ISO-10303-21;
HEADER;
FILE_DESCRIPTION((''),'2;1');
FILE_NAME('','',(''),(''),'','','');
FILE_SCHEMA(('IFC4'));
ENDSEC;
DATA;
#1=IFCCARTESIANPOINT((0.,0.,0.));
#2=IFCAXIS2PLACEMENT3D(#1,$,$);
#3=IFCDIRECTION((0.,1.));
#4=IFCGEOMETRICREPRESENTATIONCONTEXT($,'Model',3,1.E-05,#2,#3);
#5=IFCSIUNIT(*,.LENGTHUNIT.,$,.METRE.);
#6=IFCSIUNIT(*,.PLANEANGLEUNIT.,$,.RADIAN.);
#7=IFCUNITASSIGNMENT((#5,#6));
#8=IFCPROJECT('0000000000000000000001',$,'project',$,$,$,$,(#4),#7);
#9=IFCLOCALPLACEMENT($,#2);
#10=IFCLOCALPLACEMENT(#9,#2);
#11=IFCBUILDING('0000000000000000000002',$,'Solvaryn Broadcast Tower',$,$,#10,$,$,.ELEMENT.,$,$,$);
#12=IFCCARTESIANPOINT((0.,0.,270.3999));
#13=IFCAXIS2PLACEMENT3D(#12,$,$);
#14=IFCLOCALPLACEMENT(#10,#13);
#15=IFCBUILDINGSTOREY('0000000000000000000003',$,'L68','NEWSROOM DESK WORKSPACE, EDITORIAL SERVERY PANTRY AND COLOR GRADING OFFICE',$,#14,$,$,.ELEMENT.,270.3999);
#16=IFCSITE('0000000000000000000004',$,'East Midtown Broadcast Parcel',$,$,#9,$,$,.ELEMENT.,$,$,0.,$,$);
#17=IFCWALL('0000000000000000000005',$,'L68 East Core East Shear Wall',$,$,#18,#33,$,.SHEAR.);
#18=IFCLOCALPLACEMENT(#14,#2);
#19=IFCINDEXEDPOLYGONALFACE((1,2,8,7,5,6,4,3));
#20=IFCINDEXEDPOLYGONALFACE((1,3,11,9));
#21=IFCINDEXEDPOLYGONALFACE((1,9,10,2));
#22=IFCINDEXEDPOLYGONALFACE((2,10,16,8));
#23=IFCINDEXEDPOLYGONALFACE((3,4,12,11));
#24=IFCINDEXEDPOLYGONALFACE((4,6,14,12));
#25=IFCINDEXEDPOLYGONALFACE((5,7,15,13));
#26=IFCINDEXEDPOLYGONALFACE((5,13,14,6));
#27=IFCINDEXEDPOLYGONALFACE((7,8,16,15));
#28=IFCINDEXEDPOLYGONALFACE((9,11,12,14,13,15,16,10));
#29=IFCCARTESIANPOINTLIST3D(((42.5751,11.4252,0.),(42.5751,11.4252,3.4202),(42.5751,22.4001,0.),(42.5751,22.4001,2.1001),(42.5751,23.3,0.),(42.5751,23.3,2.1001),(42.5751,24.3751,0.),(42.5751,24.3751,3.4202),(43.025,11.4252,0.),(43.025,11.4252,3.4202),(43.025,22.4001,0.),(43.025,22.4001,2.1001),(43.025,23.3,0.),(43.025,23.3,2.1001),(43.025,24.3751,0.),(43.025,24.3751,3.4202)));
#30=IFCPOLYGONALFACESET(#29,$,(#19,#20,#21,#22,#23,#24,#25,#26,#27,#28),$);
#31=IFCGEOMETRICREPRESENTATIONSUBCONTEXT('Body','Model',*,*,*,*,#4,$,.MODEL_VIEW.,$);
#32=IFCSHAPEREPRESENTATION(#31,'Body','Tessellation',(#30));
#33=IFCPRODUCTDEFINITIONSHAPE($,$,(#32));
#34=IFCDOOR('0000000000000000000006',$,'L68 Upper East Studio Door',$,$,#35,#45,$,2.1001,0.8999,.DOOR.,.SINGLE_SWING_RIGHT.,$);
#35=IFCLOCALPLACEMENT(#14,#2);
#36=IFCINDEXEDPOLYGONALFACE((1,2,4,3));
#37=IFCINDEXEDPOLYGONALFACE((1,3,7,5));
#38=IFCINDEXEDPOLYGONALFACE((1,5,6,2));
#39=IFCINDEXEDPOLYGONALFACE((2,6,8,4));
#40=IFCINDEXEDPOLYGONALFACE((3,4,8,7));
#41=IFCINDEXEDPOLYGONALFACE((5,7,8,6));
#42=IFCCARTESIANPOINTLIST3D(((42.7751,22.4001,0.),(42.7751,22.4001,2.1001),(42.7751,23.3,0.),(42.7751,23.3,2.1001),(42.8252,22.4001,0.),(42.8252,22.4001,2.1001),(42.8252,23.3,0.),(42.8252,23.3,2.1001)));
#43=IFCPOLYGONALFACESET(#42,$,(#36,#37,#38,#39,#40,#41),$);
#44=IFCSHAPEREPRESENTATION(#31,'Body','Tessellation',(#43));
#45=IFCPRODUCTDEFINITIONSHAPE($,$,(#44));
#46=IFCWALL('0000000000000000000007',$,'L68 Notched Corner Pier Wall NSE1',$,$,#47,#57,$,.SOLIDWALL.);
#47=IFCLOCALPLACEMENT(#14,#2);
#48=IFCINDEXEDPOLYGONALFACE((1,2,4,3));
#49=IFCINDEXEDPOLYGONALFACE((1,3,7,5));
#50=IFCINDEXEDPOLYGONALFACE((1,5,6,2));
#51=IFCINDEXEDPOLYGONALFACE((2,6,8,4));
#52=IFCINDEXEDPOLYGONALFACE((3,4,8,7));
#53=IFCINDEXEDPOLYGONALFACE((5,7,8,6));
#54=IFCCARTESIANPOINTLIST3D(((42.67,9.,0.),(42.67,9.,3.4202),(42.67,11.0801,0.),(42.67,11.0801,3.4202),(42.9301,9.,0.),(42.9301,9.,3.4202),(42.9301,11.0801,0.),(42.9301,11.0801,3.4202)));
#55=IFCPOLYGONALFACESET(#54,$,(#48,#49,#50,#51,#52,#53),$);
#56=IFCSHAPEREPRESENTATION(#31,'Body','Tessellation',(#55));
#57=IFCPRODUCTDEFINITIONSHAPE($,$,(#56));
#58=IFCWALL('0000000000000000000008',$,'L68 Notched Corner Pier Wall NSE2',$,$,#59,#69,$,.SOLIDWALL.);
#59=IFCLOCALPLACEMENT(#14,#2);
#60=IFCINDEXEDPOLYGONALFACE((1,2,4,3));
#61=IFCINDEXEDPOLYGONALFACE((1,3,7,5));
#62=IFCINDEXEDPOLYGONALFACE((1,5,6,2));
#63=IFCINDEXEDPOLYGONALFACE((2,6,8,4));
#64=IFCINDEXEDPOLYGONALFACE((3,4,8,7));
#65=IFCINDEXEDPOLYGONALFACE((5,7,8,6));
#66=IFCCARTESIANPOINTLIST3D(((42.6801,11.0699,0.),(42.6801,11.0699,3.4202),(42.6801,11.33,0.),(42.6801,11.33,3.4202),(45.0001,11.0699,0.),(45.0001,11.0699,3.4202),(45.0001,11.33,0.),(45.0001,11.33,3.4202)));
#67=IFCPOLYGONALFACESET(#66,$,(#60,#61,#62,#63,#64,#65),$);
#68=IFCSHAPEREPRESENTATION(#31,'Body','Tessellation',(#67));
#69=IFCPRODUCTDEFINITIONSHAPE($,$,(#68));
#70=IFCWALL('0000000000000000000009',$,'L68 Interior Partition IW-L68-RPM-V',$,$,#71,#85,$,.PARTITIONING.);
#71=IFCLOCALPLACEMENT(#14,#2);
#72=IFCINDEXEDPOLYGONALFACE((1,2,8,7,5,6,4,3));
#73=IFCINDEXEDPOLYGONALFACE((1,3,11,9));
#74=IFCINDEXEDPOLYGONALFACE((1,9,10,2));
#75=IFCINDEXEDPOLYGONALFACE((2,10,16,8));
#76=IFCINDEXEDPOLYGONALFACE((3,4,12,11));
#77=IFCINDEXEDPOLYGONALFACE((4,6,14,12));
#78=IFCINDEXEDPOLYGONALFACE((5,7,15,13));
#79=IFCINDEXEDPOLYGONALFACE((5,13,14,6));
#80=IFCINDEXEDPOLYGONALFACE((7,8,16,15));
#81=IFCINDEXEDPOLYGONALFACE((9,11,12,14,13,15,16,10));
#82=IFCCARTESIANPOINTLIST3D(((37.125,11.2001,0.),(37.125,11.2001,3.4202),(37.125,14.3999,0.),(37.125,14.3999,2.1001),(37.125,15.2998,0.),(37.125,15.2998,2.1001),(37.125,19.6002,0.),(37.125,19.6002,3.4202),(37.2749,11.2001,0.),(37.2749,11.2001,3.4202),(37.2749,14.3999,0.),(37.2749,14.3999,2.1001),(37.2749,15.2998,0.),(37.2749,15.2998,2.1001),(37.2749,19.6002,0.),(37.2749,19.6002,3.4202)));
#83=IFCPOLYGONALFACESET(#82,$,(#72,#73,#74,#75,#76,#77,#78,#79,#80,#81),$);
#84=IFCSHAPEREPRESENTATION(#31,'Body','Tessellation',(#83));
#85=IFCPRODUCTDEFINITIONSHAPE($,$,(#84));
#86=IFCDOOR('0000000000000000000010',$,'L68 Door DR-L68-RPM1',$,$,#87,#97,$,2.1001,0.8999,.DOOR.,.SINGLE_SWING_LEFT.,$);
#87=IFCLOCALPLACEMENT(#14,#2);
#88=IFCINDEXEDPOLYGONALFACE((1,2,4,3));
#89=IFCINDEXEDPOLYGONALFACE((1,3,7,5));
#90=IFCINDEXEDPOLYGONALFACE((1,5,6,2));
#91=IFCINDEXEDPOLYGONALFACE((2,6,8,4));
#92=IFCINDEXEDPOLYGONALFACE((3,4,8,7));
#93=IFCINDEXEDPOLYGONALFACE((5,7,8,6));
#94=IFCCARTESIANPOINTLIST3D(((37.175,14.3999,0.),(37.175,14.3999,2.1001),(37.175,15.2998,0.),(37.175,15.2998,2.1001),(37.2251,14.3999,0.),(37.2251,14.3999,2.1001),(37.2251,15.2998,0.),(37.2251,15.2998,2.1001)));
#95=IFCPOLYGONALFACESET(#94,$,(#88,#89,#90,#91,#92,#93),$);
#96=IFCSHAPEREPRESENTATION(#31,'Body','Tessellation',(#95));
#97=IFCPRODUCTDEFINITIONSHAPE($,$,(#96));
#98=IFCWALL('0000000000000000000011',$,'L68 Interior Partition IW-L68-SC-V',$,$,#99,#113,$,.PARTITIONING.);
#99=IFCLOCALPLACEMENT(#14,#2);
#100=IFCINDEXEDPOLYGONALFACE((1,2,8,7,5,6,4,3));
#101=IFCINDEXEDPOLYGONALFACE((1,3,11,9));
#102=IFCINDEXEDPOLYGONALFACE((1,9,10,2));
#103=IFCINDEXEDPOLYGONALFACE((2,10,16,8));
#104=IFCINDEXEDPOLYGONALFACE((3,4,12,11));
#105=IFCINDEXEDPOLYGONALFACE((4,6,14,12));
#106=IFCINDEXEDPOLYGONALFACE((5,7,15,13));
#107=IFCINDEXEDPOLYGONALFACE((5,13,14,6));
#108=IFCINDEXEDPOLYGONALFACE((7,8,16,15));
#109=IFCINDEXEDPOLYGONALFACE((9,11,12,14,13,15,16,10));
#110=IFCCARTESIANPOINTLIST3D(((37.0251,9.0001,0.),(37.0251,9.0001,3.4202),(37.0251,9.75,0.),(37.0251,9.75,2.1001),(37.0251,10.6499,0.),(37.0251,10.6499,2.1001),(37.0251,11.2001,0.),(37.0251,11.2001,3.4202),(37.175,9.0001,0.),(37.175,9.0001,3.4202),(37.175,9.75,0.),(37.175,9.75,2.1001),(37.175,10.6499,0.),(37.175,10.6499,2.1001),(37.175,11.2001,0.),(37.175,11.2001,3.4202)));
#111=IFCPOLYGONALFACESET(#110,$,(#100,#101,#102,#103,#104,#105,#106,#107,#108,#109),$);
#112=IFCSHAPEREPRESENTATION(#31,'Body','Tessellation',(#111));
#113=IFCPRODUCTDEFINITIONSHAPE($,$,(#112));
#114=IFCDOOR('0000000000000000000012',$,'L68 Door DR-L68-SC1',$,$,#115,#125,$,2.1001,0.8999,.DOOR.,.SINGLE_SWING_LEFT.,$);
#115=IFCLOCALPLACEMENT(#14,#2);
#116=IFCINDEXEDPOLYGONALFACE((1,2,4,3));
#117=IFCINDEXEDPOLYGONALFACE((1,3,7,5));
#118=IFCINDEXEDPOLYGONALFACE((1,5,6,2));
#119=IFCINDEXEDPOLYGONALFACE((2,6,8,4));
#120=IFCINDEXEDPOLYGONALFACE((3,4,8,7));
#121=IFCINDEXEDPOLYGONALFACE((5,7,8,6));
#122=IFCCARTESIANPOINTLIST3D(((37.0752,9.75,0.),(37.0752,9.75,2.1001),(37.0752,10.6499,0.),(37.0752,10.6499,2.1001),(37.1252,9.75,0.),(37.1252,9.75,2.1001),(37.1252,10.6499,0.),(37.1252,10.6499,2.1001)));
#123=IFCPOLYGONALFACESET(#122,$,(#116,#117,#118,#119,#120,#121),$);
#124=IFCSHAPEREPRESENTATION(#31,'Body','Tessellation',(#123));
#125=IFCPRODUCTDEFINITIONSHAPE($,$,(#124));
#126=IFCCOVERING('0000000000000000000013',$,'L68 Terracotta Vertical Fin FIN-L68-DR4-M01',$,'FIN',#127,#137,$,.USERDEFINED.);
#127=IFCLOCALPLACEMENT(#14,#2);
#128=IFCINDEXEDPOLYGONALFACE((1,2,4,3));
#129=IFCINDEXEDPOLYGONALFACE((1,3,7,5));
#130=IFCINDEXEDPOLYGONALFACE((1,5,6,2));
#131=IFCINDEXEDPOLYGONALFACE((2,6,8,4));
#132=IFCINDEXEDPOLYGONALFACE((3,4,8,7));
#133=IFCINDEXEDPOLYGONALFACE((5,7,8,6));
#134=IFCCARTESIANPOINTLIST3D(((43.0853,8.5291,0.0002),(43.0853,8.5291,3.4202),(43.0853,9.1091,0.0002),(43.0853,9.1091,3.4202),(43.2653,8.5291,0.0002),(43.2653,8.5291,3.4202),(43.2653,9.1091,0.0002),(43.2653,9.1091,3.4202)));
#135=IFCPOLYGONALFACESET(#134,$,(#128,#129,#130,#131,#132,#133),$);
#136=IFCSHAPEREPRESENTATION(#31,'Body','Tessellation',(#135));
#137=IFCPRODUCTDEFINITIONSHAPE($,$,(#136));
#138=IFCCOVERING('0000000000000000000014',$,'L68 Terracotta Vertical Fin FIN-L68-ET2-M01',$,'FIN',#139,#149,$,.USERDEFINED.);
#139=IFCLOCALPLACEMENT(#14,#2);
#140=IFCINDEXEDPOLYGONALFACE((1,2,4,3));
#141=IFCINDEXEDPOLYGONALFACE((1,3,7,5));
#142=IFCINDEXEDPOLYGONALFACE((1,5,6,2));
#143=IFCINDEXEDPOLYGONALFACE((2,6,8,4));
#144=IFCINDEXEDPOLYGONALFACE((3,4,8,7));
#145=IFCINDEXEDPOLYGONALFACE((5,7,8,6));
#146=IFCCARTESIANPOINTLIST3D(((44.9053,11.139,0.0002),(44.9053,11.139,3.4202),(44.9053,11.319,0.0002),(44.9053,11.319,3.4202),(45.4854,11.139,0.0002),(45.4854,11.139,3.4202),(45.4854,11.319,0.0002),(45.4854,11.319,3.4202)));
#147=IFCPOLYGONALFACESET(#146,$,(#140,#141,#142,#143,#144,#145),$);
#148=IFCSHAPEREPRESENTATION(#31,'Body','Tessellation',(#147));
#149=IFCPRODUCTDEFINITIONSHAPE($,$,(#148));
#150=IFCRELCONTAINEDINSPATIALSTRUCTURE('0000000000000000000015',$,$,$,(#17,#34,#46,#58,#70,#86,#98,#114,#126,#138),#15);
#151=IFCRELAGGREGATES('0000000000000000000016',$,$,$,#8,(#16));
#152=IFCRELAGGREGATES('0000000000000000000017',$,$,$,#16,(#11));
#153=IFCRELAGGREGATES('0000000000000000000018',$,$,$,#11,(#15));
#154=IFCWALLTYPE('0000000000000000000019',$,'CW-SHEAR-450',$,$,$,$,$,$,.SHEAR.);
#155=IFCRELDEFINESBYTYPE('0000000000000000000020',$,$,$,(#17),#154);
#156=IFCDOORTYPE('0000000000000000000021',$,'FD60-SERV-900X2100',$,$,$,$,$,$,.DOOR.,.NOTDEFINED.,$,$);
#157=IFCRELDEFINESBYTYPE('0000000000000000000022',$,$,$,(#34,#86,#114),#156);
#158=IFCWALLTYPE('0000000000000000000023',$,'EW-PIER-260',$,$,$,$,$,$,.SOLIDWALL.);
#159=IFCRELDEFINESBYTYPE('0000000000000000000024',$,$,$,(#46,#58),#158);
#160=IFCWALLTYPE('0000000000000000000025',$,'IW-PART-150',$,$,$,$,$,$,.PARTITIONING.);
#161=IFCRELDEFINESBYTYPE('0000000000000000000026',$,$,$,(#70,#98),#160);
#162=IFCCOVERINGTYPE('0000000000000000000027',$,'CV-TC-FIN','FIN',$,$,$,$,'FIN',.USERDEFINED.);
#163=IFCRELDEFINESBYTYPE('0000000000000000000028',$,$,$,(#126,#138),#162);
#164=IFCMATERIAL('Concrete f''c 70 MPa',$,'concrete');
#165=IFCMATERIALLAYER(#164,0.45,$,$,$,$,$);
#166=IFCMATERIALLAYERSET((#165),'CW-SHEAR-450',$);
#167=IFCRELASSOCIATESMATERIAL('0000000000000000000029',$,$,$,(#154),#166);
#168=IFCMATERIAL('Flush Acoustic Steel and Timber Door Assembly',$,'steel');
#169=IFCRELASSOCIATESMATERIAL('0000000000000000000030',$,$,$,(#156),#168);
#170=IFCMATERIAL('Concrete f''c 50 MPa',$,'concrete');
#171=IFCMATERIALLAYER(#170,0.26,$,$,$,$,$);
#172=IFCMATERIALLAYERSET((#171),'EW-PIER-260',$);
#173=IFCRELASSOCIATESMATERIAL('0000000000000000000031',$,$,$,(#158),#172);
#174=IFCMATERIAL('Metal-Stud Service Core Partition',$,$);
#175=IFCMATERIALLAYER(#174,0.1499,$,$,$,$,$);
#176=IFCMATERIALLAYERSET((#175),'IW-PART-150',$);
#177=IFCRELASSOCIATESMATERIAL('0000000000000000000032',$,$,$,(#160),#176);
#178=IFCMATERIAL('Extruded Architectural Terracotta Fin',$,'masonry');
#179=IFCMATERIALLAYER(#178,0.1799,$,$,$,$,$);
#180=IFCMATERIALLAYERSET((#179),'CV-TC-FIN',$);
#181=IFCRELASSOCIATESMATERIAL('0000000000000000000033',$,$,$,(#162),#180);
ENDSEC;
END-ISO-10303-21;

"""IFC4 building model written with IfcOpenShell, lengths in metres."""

from ifc_helpers import new_model, si_unit, direction, frame, frame_2d, origin, origin_2d, place, context, subcontext, project, spatial, rectangle, extrude, material, layer, layer_set, type_object, element, fill, save


model = new_model("IFC4")

# Units and contexts
model_context = context("Model", 3, precision=1e-05, world=origin(), true_north=direction((0.0, 1.0)))
body_context = subcontext(model_context, "Body", "Model", "MODEL_VIEW")
ifc_project = project(units=[si_unit("LENGTHUNIT", "METRE"), si_unit("PLANEANGLEUNIT", "RADIAN")], contexts=[model_context])

# Site, building, storey
site_placement = place(None, origin())
site = spatial("IfcSite", under=ifc_project, at=site_placement, Name="East Midtown Broadcast Parcel", CompositionType="ELEMENT", RefElevation=0.0)
building_placement = place(site_placement, origin())
building = spatial("IfcBuilding", under=site, at=building_placement, Name="Solvaryn Broadcast Tower", CompositionType="ELEMENT")
storey_placement = place(building_placement, frame((0.0, 0.0, 270.3999)))
storey = spatial("IfcBuildingStorey", under=building, at=storey_placement, Name="L68", Description="NEWSROOM DESK WORKSPACE, EDITORIAL SERVERY PANTRY AND COLOR GRADING OFFICE", CompositionType="ELEMENT", Elevation=270.3999)

# Wall, opening, door
ifc_material_1 = material(Name="Concrete f'c 70 MPa", Category="concrete")
ifc_layer_1 = layer(ifc_material_1, 0.45)
ifc_layer_set_1 = layer_set([ifc_layer_1], Name="CW-SHEAR-450")
wall_type_1 = type_object("IfcWallType", Name="CW-SHEAR-450", PredefinedType="SHEAR", material=ifc_layer_set_1)
wall_1_placement = place(storey_placement, frame((42.8, 11.425, 0.0), z_axis=(0.0, 0.0, 1.0), x_axis=(0.0, 1.0, 0.0)))
wall_1 = element("IfcWall", 1, at=wall_1_placement, inside=storey, type_object=wall_type_1, Name="L68 East Core East Shear Wall", PredefinedType="SHEAR", context=body_context, shape_type="SweptSolid", body=[
    extrude(rectangle(XDim=12.95, YDim=0.45, at=frame_2d((6.4751, 0.0))), origin(), (0.0, 0.0, 1.0), 3.4202),
])
opening_1_placement = place(wall_1_placement, frame((10.9751, 0.0, 0.0)))
opening_1 = element("IfcOpeningElement", 2, at=opening_1_placement, cuts=wall_1, PredefinedType="OPENING", context=body_context, shape_type="SweptSolid", body=[
    extrude(rectangle(XDim=0.8999, YDim=2.1001, at=frame_2d((0.45, 1.05))), frame((0.0, 0.2351, 0.0), z_axis=(0.0, -1.0, 0.0), x_axis=(1.0, 0.0, 0.0)), (0.0, 0.0, 1.0), 0.47),
])
ifc_material_2 = material(Name="Flush Acoustic Steel and Timber Door Assembly", Category="steel")
door_type = type_object("IfcDoorType", Name="FD60-SERV-900X2100", OperationType="NOTDEFINED", PredefinedType="DOOR", material=ifc_material_2)
door_1_placement = place(opening_1_placement, origin())
door_1 = element("IfcDoor", 3, at=door_1_placement, inside=storey, type_object=door_type, Name="L68 Upper East Studio Door", OperationType="SINGLE_SWING_RIGHT", OverallHeight=2.1001, OverallWidth=0.8999, PredefinedType="DOOR", context=body_context, shape_type="SweptSolid", body=[
    extrude(rectangle(XDim=0.8999, YDim=2.1001, at=frame_2d((0.45, 1.05))), frame((0.0, 0.0249, 0.0), z_axis=(0.0, -1.0, 0.0), x_axis=(1.0, 0.0, 0.0)), (0.0, 0.0, 1.0), 0.05),
])
fill(opening_1, door_1)

# Walls
ifc_material_3 = material(Name="Concrete f'c 50 MPa", Category="concrete")
ifc_layer_2 = layer(ifc_material_3, 0.26)
ifc_layer_set_2 = layer_set([ifc_layer_2], Name="EW-PIER-260")
wall_type_2 = type_object("IfcWallType", Name="EW-PIER-260", PredefinedType="SOLIDWALL", material=ifc_layer_set_2)
wall_2_placement = place(storey_placement, frame((42.8, 9.0, 0.0), z_axis=(0.0, 0.0, 1.0), x_axis=(0.0, 1.0, 0.0)))
element("IfcWall", 4, at=wall_2_placement, inside=storey, type_object=wall_type_2, Name="L68 Notched Corner Pier Wall NSE1", PredefinedType="SOLIDWALL", context=body_context, shape_type="SweptSolid", body=[
    extrude(rectangle(XDim=2.0801, YDim=0.26, at=frame_2d((1.04, 0.0))), origin(), (0.0, 0.0, 1.0), 3.4202),
])
wall_3_placement = place(storey_placement, frame((42.6799, 11.2, 0.0), z_axis=(0.0, 0.0, 1.0), x_axis=(1.0, 0.0, 0.0)))
element("IfcWall", 5, at=wall_3_placement, inside=storey, type_object=wall_type_2, Name="L68 Notched Corner Pier Wall NSE2", PredefinedType="SOLIDWALL", context=body_context, shape_type="SweptSolid", body=[
    extrude(rectangle(XDim=2.3201, YDim=0.26, at=frame_2d((1.1602, 0.0))), origin(), (0.0, 0.0, 1.0), 3.4202),
])

# Walls, openings, doors
ifc_material_4 = material(Name="Metal-Stud Service Core Partition")
ifc_layer_3 = layer(ifc_material_4, 0.1499)
ifc_layer_set_3 = layer_set([ifc_layer_3], Name="IW-PART-150")
wall_type_3 = type_object("IfcWallType", Name="IW-PART-150", PredefinedType="PARTITIONING", material=ifc_layer_set_3)
wall_4_placement = place(storey_placement, frame((37.2, 11.2, 0.0), z_axis=(0.0, 0.0, 1.0), x_axis=(0.0, 1.0, 0.0)))
wall_4 = element("IfcWall", 6, at=wall_4_placement, inside=storey, type_object=wall_type_3, Name="L68 Interior Partition IW-L68-RPM-V", PredefinedType="PARTITIONING", context=body_context, shape_type="SweptSolid", body=[
    extrude(rectangle(XDim=8.4001, YDim=0.1499, at=frame_2d((4.2002, 0.0))), origin(), (0.0, 0.0, 1.0), 3.4202),
])
opening_2_placement = place(wall_4_placement, frame((3.2, 0.0, 0.0)))
opening_2 = element("IfcOpeningElement", 7, at=opening_2_placement, cuts=wall_4, PredefinedType="OPENING", context=body_context, shape_type="SweptSolid", body=[
    extrude(rectangle(XDim=0.8999, YDim=2.1001, at=frame_2d((0.45, 1.05))), frame((0.0, 0.085, 0.0), z_axis=(0.0, -1.0, 0.0), x_axis=(1.0, 0.0, 0.0)), (0.0, 0.0, 1.0), 0.1699),
])
door_2_placement = place(opening_2_placement, origin())
door_2 = element("IfcDoor", 8, at=door_2_placement, inside=storey, type_object=door_type, Name="L68 Door DR-L68-RPM1", OperationType="SINGLE_SWING_LEFT", OverallHeight=2.1001, OverallWidth=0.8999, PredefinedType="DOOR", context=body_context, shape_type="SweptSolid", body=[
    extrude(rectangle(XDim=0.8999, YDim=2.1001, at=frame_2d((0.45, 1.05))), frame((0.0, 0.0249, 0.0), z_axis=(0.0, -1.0, 0.0), x_axis=(1.0, 0.0, 0.0)), (0.0, 0.0, 1.0), 0.05),
])
fill(opening_2, door_2)
wall_5_placement = place(storey_placement, frame((37.1001, 9.0, 0.0), z_axis=(0.0, 0.0, 1.0), x_axis=(0.0, 1.0, 0.0)))
wall_5 = element("IfcWall", 9, at=wall_5_placement, inside=storey, type_object=wall_type_3, Name="L68 Interior Partition IW-L68-SC-V", PredefinedType="PARTITIONING", context=body_context, shape_type="SweptSolid", body=[
    extrude(rectangle(XDim=2.2, YDim=0.1499, at=frame_2d((1.1001, 0.0))), origin(), (0.0, 0.0, 1.0), 3.4202),
])
opening_3_placement = place(wall_5_placement, frame((0.75, 0.0, 0.0)))
opening_3 = element("IfcOpeningElement", 10, at=opening_3_placement, cuts=wall_5, PredefinedType="OPENING", context=body_context, shape_type="SweptSolid", body=[
    extrude(rectangle(XDim=0.8999, YDim=2.1001, at=frame_2d((0.45, 1.05))), frame((0.0, 0.085, 0.0), z_axis=(0.0, -1.0, 0.0), x_axis=(1.0, 0.0, 0.0)), (0.0, 0.0, 1.0), 0.1699),
])
door_3_placement = place(opening_3_placement, origin())
door_3 = element("IfcDoor", 11, at=door_3_placement, inside=storey, type_object=door_type, Name="L68 Door DR-L68-SC1", OperationType="SINGLE_SWING_LEFT", OverallHeight=2.1001, OverallWidth=0.8999, PredefinedType="DOOR", context=body_context, shape_type="SweptSolid", body=[
    extrude(rectangle(XDim=0.8999, YDim=2.1001, at=frame_2d((0.45, 1.05))), frame((0.0, 0.0249, 0.0), z_axis=(0.0, -1.0, 0.0), x_axis=(1.0, 0.0, 0.0)), (0.0, 0.0, 1.0), 0.05),
])
fill(opening_3, door_3)

# Coverings
ifc_material_5 = material(Name="Extruded Architectural Terracotta Fin", Category="masonry")
ifc_layer_4 = layer(ifc_material_5, 0.1799)
ifc_layer_set_4 = layer_set([ifc_layer_4], Name="CV-TC-FIN")
covering_type = type_object("IfcCoveringType", Name="CV-TC-FIN", Description="FIN", ElementType="FIN", PredefinedType="USERDEFINED", material=ifc_layer_set_4)
covering_1_placement = place(storey_placement, frame((43.1753, 8.8191, 0.0002), z_axis=(0.0, 0.0, 1.0), x_axis=(1.0, 0.0, 0.0)))
element("IfcCovering", 12, at=covering_1_placement, inside=storey, type_object=covering_type, Name="L68 Terracotta Vertical Fin FIN-L68-DR4-M01", ObjectType="FIN", PredefinedType="USERDEFINED", context=body_context, shape_type="SweptSolid", body=[
    extrude(rectangle(XDim=0.1799, YDim=0.5801, at=origin_2d()), origin(), (0.0, 0.0, 1.0), 3.4199),
])
covering_2_placement = place(storey_placement, frame((45.1953, 11.229, 0.0002), z_axis=(0.0, 0.0, 1.0), x_axis=(1.0, 0.0, 0.0)))
element("IfcCovering", 13, at=covering_2_placement, inside=storey, type_object=covering_type, Name="L68 Terracotta Vertical Fin FIN-L68-ET2-M01", ObjectType="FIN", PredefinedType="USERDEFINED", context=body_context, shape_type="SweptSolid", body=[
    extrude(rectangle(XDim=0.5801, YDim=0.1799, at=origin_2d()), origin(), (0.0, 0.0, 1.0), 3.4199),
])

save(model, "model.ifc")
